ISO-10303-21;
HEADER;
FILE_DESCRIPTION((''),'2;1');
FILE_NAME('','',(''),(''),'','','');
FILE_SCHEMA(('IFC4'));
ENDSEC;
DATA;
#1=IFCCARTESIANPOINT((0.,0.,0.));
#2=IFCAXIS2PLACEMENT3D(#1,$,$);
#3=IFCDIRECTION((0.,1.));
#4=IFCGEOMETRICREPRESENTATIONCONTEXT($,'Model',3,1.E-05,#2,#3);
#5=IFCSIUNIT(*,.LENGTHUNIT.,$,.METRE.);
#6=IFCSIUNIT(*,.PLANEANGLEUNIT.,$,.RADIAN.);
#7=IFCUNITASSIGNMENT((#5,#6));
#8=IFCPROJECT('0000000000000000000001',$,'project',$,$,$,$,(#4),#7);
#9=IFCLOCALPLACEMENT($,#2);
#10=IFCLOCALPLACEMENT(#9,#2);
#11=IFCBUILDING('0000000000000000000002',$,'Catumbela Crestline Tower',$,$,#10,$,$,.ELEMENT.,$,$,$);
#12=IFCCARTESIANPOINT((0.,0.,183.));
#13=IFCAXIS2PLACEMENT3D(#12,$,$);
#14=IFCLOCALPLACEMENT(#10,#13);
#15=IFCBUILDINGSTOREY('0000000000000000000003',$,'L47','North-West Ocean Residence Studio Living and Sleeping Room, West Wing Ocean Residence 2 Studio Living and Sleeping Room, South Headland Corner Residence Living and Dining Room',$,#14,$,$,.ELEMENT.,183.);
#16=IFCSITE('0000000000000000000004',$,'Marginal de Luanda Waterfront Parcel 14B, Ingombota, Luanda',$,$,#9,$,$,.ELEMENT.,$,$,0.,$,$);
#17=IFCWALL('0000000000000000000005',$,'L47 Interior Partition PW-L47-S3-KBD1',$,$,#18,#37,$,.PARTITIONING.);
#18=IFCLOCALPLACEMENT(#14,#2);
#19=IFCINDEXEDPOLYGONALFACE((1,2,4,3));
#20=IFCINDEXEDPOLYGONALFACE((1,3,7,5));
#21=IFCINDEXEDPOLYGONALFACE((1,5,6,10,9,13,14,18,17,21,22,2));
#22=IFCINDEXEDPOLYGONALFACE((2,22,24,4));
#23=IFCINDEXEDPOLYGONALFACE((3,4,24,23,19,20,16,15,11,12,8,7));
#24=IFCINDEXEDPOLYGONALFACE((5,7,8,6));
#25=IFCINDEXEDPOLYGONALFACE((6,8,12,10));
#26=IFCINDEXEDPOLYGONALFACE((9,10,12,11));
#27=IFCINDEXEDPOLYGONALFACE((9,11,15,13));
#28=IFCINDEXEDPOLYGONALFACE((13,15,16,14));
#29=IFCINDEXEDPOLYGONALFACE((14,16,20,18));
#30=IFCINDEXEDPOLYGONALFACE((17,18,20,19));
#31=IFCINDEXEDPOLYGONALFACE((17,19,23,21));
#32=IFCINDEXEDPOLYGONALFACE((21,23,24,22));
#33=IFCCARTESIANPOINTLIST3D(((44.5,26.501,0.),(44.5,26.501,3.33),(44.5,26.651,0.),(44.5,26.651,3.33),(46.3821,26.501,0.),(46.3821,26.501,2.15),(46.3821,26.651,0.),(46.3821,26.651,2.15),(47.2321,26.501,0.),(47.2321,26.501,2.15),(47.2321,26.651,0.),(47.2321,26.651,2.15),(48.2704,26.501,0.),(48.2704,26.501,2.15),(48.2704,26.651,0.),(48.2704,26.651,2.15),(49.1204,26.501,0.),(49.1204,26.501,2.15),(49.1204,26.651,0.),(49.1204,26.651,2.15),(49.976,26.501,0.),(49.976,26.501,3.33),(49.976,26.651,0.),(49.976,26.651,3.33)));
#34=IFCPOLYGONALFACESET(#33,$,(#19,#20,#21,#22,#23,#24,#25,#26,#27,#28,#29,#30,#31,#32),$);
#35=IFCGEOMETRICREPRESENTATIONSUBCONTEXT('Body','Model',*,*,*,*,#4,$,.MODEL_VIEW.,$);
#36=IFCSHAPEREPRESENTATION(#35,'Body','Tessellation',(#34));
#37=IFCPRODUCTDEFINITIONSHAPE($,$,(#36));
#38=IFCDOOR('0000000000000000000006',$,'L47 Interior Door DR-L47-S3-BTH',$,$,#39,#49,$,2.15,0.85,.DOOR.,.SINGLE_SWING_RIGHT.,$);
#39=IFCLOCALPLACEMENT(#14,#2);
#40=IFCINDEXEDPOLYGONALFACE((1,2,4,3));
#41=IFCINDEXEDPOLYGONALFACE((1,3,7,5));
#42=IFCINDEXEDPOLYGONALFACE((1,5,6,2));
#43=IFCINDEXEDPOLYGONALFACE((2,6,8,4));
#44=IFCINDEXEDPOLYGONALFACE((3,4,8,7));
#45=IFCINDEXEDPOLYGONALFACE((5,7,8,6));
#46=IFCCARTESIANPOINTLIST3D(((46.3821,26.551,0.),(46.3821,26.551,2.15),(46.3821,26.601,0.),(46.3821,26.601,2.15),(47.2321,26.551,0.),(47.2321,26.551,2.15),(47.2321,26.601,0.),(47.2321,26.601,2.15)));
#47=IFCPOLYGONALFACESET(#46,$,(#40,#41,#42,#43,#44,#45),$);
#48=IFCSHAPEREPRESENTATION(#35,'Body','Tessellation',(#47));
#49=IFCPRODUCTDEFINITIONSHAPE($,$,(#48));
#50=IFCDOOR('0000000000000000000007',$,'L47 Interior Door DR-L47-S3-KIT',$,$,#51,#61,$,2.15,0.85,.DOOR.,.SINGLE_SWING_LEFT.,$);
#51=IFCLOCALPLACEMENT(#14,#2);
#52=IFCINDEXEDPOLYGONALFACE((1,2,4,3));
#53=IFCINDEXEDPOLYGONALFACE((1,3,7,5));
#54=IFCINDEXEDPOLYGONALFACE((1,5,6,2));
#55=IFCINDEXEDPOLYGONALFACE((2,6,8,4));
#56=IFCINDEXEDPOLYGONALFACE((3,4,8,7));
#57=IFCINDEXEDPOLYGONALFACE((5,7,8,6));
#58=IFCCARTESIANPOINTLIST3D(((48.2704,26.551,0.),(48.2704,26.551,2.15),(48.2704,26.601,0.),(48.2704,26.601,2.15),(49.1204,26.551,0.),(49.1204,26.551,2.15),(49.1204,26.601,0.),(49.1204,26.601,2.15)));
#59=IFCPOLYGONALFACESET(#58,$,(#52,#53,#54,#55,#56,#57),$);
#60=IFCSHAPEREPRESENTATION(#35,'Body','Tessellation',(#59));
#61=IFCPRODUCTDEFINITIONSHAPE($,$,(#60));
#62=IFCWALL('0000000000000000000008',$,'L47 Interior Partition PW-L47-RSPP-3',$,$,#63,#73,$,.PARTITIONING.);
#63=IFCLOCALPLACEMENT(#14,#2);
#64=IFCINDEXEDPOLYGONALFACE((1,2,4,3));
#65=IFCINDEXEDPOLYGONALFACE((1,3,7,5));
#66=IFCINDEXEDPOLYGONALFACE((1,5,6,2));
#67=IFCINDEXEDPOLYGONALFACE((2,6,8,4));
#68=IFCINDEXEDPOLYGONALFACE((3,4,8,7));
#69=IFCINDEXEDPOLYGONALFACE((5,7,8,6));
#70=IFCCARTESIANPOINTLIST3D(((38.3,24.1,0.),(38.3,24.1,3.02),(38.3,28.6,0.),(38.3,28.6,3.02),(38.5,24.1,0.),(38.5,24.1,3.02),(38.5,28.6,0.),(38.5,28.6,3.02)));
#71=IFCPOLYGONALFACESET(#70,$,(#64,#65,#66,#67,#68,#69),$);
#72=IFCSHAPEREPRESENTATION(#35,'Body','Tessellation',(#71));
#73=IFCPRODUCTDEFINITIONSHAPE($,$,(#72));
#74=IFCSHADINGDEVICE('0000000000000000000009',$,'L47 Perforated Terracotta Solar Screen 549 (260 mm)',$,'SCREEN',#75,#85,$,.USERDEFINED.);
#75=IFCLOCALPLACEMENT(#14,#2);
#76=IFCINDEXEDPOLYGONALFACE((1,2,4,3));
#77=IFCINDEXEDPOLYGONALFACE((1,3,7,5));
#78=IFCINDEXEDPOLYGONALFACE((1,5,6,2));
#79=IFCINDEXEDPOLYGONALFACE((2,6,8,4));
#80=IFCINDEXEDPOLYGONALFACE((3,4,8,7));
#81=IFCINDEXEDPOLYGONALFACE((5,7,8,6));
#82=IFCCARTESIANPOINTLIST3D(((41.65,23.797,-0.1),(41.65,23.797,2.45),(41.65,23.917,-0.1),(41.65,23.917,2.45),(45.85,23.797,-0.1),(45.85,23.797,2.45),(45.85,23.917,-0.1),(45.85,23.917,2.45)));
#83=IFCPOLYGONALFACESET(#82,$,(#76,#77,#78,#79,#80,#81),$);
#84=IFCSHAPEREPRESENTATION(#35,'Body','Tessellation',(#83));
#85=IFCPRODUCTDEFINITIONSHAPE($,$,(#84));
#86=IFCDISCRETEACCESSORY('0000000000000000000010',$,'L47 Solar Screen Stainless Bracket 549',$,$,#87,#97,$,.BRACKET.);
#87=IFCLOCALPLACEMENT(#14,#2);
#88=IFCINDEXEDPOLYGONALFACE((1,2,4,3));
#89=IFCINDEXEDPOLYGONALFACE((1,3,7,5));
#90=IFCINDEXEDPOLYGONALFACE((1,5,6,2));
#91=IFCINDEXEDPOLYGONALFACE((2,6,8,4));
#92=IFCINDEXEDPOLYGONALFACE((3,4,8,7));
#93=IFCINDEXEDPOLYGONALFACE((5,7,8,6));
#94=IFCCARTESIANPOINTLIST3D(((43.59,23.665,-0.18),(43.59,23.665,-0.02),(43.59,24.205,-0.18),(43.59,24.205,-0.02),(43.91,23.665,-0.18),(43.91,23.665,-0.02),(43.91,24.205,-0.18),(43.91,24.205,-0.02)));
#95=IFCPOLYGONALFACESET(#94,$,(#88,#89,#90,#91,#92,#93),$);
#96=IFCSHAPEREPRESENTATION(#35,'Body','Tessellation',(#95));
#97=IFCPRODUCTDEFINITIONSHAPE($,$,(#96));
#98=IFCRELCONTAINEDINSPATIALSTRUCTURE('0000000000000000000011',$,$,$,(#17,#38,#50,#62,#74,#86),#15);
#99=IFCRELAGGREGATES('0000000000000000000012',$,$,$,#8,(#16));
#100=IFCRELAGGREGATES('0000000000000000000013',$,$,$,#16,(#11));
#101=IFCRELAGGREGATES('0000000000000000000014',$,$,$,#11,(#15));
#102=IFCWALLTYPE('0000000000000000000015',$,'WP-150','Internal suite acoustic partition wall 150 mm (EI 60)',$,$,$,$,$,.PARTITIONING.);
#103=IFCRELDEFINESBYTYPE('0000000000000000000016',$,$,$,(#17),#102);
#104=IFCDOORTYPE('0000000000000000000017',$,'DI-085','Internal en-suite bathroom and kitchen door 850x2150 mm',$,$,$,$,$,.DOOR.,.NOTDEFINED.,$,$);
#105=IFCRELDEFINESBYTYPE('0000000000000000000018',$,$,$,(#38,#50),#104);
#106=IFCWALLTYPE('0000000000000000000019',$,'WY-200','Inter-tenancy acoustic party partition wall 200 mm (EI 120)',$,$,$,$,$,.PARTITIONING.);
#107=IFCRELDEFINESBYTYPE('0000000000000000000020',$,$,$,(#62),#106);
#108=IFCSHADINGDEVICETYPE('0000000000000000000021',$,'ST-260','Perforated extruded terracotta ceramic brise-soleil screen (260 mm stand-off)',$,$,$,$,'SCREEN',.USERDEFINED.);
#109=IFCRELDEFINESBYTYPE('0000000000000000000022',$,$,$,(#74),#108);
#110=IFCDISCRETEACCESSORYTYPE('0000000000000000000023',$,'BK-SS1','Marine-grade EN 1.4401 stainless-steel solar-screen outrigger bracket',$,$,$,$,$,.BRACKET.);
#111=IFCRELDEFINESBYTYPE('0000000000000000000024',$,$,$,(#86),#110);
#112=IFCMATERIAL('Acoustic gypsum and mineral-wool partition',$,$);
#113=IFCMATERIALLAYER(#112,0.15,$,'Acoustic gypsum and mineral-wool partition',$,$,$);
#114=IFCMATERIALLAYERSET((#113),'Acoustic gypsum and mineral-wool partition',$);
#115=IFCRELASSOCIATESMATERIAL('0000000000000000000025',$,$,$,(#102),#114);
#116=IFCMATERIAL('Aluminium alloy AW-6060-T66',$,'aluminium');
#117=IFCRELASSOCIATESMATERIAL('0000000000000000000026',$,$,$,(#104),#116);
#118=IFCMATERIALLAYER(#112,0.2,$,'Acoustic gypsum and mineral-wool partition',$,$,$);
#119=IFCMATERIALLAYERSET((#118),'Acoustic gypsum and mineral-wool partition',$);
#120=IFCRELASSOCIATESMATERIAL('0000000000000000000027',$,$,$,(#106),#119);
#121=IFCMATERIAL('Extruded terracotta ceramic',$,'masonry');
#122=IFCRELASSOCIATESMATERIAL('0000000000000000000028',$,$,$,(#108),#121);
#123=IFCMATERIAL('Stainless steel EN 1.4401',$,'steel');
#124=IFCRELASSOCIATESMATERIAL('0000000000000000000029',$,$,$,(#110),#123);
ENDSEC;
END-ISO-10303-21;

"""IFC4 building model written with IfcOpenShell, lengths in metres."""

from ifc_helpers import new_model, si_unit, direction, frame, frame_2d, origin, origin_2d, place, context, subcontext, project, spatial, rectangle, extrude, material, layer, layer_set, type_object, element, fill, save


model = new_model("IFC4")

# Units and contexts
model_context = context("Model", 3, precision=1e-05, world=origin(), true_north=direction((0.0, 1.0)))
body_context = subcontext(model_context, "Body", "Model", "MODEL_VIEW")
ifc_project = project(units=[si_unit("LENGTHUNIT", "METRE"), si_unit("PLANEANGLEUNIT", "RADIAN")], contexts=[model_context])

# Site, building, storey
site_placement = place(None, origin())
site = spatial("IfcSite", under=ifc_project, at=site_placement, Name="Marginal de Luanda Waterfront Parcel 14B, Ingombota, Luanda", CompositionType="ELEMENT", RefElevation=0.0)
building_placement = place(site_placement, origin())
building = spatial("IfcBuilding", under=site, at=building_placement, Name="Catumbela Crestline Tower", CompositionType="ELEMENT")
storey_placement = place(building_placement, frame((0.0, 0.0, 183.0)))
storey = spatial("IfcBuildingStorey", under=building, at=storey_placement, Name="L47", Description="North-West Ocean Residence Studio Living and Sleeping Room, West Wing Ocean Residence 2 Studio Living and Sleeping Room, South Headland Corner Residence Living and Dining Room", CompositionType="ELEMENT", Elevation=183.0)

# Shared definitions
ifc_material_1 = material(Name="Aluminium alloy AW-6060-T66", Category="aluminium")

# Shared definitions
ifc_material_2 = material(Name="Acoustic gypsum and mineral-wool partition")
ifc_layer_1 = layer(ifc_material_2, 0.15, Name="Acoustic gypsum and mineral-wool partition")
ifc_layer_set_1 = layer_set([ifc_layer_1], Name="Acoustic gypsum and mineral-wool partition")
wall_type_1 = type_object("IfcWallType", Name="WP-150", Description="Internal suite acoustic partition wall 150 mm (EI 60)", PredefinedType="PARTITIONING", material=ifc_layer_set_1)

# Wall, openings, doors
wall_1_placement = place(storey_placement, frame((44.5, 26.576, 0.0), z_axis=(0.0, 0.0, 1.0), x_axis=(1.0, 0.0, 0.0)))
wall_1 = element("IfcWall", 1, at=wall_1_placement, inside=storey, type_object=wall_type_1, Name="L47 Interior Partition PW-L47-S3-KBD1", PredefinedType="PARTITIONING", context=body_context, shape_type="SweptSolid", body=[
    extrude(rectangle(XDim=5.476, YDim=0.15, at=frame_2d((2.738, 0.0))), origin(), (0.0, 0.0, 1.0), 3.33),
])
opening_1_placement = place(wall_1_placement, frame((1.8821, 0.0, 0.0)))
opening_1 = element("IfcOpeningElement", 2, at=opening_1_placement, cuts=wall_1, PredefinedType="OPENING", context=body_context, shape_type="SweptSolid", body=[
    extrude(rectangle(XDim=0.85, YDim=2.15, at=frame_2d((0.425, 1.075))), frame((0.0, 0.085, 0.0), z_axis=(0.0, -1.0, 0.0), x_axis=(1.0, 0.0, 0.0)), (0.0, 0.0, 1.0), 0.17),
])
opening_2_placement = place(wall_1_placement, frame((3.7704, 0.0, 0.0)))
opening_2 = element("IfcOpeningElement", 3, at=opening_2_placement, cuts=wall_1, PredefinedType="OPENING", context=body_context, shape_type="SweptSolid", body=[
    extrude(rectangle(XDim=0.85, YDim=2.15, at=frame_2d((0.425, 1.075))), frame((0.0, 0.085, 0.0), z_axis=(0.0, -1.0, 0.0), x_axis=(1.0, 0.0, 0.0)), (0.0, 0.0, 1.0), 0.17),
])
door_type = type_object("IfcDoorType", Name="DI-085", Description="Internal en-suite bathroom and kitchen door 850x2150 mm", OperationType="NOTDEFINED", PredefinedType="DOOR", material=ifc_material_1)
door_1_placement = place(opening_1_placement, origin())
door_1 = element("IfcDoor", 4, at=door_1_placement, inside=storey, type_object=door_type, Name="L47 Interior Door DR-L47-S3-BTH", OperationType="SINGLE_SWING_RIGHT", OverallHeight=2.15, OverallWidth=0.85, PredefinedType="DOOR", context=body_context, shape_type="SweptSolid", body=[
    extrude(rectangle(XDim=0.85, YDim=2.15, at=frame_2d((0.425, 1.075))), frame((0.0, 0.025, 0.0), z_axis=(0.0, -1.0, 0.0), x_axis=(1.0, 0.0, 0.0)), (0.0, 0.0, 1.0), 0.05),
])
fill(opening_1, door_1)
door_2_placement = place(opening_2_placement, origin())
door_2 = element("IfcDoor", 5, at=door_2_placement, inside=storey, type_object=door_type, Name="L47 Interior Door DR-L47-S3-KIT", OperationType="SINGLE_SWING_LEFT", OverallHeight=2.15, OverallWidth=0.85, PredefinedType="DOOR", context=body_context, shape_type="SweptSolid", body=[
    extrude(rectangle(XDim=0.85, YDim=2.15, at=frame_2d((0.425, 1.075))), frame((0.0, 0.025, 0.0), z_axis=(0.0, -1.0, 0.0), x_axis=(1.0, 0.0, 0.0)), (0.0, 0.0, 1.0), 0.05),
])
fill(opening_2, door_2)

# Wall
ifc_layer_2 = layer(ifc_material_2, 0.2, Name="Acoustic gypsum and mineral-wool partition")
ifc_layer_set_2 = layer_set([ifc_layer_2], Name="Acoustic gypsum and mineral-wool partition")
wall_type_2 = type_object("IfcWallType", Name="WY-200", Description="Inter-tenancy acoustic party partition wall 200 mm (EI 120)", PredefinedType="PARTITIONING", material=ifc_layer_set_2)
wall_2_placement = place(storey_placement, frame((38.4, 24.1, 0.0), z_axis=(0.0, 0.0, 1.0), x_axis=(0.0, 1.0, 0.0)))
element("IfcWall", 6, at=wall_2_placement, inside=storey, type_object=wall_type_2, Name="L47 Interior Partition PW-L47-RSPP-3", PredefinedType="PARTITIONING", context=body_context, shape_type="SweptSolid", body=[
    extrude(rectangle(XDim=4.5, YDim=0.2, at=frame_2d((2.25, 0.0))), origin(), (0.0, 0.0, 1.0), 3.02),
])

# Shading device
ifc_material_3 = material(Name="Extruded terracotta ceramic", Category="masonry")
shading_device_type = type_object("IfcShadingDeviceType", Name="ST-260", Description="Perforated extruded terracotta ceramic brise-soleil screen (260 mm stand-off)", ElementType="SCREEN", PredefinedType="USERDEFINED", material=ifc_material_3)
shading_device_placement = place(storey_placement, frame((43.75, 23.857, -0.1), z_axis=(0.0, 0.0, 1.0), x_axis=(1.0, 0.0, 0.0)))
element("IfcShadingDevice", 7, at=shading_device_placement, inside=storey, type_object=shading_device_type, Name="L47 Perforated Terracotta Solar Screen 549 (260 mm)", ObjectType="SCREEN", PredefinedType="USERDEFINED", context=body_context, shape_type="SweptSolid", body=[
    extrude(rectangle(XDim=4.2, YDim=0.12, at=origin_2d()), origin(), (0.0, 0.0, 1.0), 2.55),
])

# Discrete accessory
ifc_material_4 = material(Name="Stainless steel EN 1.4401", Category="steel")
discrete_accessory_type = type_object("IfcDiscreteAccessoryType", Name="BK-SS1", Description="Marine-grade EN 1.4401 stainless-steel solar-screen outrigger bracket", PredefinedType="BRACKET", material=ifc_material_4)
discrete_accessory_placement = place(storey_placement, frame((43.75, 23.935, -0.18), z_axis=(0.0, 0.0, 1.0), x_axis=(1.0, 0.0, 0.0)))
element("IfcDiscreteAccessory", 8, at=discrete_accessory_placement, inside=storey, type_object=discrete_accessory_type, Name="L47 Solar Screen Stainless Bracket 549", PredefinedType="BRACKET", context=body_context, shape_type="SweptSolid", body=[
    extrude(rectangle(XDim=0.32, YDim=0.54, at=origin_2d()), origin(), (0.0, 0.0, 1.0), 0.16),
])

save(model, "model.ifc")
